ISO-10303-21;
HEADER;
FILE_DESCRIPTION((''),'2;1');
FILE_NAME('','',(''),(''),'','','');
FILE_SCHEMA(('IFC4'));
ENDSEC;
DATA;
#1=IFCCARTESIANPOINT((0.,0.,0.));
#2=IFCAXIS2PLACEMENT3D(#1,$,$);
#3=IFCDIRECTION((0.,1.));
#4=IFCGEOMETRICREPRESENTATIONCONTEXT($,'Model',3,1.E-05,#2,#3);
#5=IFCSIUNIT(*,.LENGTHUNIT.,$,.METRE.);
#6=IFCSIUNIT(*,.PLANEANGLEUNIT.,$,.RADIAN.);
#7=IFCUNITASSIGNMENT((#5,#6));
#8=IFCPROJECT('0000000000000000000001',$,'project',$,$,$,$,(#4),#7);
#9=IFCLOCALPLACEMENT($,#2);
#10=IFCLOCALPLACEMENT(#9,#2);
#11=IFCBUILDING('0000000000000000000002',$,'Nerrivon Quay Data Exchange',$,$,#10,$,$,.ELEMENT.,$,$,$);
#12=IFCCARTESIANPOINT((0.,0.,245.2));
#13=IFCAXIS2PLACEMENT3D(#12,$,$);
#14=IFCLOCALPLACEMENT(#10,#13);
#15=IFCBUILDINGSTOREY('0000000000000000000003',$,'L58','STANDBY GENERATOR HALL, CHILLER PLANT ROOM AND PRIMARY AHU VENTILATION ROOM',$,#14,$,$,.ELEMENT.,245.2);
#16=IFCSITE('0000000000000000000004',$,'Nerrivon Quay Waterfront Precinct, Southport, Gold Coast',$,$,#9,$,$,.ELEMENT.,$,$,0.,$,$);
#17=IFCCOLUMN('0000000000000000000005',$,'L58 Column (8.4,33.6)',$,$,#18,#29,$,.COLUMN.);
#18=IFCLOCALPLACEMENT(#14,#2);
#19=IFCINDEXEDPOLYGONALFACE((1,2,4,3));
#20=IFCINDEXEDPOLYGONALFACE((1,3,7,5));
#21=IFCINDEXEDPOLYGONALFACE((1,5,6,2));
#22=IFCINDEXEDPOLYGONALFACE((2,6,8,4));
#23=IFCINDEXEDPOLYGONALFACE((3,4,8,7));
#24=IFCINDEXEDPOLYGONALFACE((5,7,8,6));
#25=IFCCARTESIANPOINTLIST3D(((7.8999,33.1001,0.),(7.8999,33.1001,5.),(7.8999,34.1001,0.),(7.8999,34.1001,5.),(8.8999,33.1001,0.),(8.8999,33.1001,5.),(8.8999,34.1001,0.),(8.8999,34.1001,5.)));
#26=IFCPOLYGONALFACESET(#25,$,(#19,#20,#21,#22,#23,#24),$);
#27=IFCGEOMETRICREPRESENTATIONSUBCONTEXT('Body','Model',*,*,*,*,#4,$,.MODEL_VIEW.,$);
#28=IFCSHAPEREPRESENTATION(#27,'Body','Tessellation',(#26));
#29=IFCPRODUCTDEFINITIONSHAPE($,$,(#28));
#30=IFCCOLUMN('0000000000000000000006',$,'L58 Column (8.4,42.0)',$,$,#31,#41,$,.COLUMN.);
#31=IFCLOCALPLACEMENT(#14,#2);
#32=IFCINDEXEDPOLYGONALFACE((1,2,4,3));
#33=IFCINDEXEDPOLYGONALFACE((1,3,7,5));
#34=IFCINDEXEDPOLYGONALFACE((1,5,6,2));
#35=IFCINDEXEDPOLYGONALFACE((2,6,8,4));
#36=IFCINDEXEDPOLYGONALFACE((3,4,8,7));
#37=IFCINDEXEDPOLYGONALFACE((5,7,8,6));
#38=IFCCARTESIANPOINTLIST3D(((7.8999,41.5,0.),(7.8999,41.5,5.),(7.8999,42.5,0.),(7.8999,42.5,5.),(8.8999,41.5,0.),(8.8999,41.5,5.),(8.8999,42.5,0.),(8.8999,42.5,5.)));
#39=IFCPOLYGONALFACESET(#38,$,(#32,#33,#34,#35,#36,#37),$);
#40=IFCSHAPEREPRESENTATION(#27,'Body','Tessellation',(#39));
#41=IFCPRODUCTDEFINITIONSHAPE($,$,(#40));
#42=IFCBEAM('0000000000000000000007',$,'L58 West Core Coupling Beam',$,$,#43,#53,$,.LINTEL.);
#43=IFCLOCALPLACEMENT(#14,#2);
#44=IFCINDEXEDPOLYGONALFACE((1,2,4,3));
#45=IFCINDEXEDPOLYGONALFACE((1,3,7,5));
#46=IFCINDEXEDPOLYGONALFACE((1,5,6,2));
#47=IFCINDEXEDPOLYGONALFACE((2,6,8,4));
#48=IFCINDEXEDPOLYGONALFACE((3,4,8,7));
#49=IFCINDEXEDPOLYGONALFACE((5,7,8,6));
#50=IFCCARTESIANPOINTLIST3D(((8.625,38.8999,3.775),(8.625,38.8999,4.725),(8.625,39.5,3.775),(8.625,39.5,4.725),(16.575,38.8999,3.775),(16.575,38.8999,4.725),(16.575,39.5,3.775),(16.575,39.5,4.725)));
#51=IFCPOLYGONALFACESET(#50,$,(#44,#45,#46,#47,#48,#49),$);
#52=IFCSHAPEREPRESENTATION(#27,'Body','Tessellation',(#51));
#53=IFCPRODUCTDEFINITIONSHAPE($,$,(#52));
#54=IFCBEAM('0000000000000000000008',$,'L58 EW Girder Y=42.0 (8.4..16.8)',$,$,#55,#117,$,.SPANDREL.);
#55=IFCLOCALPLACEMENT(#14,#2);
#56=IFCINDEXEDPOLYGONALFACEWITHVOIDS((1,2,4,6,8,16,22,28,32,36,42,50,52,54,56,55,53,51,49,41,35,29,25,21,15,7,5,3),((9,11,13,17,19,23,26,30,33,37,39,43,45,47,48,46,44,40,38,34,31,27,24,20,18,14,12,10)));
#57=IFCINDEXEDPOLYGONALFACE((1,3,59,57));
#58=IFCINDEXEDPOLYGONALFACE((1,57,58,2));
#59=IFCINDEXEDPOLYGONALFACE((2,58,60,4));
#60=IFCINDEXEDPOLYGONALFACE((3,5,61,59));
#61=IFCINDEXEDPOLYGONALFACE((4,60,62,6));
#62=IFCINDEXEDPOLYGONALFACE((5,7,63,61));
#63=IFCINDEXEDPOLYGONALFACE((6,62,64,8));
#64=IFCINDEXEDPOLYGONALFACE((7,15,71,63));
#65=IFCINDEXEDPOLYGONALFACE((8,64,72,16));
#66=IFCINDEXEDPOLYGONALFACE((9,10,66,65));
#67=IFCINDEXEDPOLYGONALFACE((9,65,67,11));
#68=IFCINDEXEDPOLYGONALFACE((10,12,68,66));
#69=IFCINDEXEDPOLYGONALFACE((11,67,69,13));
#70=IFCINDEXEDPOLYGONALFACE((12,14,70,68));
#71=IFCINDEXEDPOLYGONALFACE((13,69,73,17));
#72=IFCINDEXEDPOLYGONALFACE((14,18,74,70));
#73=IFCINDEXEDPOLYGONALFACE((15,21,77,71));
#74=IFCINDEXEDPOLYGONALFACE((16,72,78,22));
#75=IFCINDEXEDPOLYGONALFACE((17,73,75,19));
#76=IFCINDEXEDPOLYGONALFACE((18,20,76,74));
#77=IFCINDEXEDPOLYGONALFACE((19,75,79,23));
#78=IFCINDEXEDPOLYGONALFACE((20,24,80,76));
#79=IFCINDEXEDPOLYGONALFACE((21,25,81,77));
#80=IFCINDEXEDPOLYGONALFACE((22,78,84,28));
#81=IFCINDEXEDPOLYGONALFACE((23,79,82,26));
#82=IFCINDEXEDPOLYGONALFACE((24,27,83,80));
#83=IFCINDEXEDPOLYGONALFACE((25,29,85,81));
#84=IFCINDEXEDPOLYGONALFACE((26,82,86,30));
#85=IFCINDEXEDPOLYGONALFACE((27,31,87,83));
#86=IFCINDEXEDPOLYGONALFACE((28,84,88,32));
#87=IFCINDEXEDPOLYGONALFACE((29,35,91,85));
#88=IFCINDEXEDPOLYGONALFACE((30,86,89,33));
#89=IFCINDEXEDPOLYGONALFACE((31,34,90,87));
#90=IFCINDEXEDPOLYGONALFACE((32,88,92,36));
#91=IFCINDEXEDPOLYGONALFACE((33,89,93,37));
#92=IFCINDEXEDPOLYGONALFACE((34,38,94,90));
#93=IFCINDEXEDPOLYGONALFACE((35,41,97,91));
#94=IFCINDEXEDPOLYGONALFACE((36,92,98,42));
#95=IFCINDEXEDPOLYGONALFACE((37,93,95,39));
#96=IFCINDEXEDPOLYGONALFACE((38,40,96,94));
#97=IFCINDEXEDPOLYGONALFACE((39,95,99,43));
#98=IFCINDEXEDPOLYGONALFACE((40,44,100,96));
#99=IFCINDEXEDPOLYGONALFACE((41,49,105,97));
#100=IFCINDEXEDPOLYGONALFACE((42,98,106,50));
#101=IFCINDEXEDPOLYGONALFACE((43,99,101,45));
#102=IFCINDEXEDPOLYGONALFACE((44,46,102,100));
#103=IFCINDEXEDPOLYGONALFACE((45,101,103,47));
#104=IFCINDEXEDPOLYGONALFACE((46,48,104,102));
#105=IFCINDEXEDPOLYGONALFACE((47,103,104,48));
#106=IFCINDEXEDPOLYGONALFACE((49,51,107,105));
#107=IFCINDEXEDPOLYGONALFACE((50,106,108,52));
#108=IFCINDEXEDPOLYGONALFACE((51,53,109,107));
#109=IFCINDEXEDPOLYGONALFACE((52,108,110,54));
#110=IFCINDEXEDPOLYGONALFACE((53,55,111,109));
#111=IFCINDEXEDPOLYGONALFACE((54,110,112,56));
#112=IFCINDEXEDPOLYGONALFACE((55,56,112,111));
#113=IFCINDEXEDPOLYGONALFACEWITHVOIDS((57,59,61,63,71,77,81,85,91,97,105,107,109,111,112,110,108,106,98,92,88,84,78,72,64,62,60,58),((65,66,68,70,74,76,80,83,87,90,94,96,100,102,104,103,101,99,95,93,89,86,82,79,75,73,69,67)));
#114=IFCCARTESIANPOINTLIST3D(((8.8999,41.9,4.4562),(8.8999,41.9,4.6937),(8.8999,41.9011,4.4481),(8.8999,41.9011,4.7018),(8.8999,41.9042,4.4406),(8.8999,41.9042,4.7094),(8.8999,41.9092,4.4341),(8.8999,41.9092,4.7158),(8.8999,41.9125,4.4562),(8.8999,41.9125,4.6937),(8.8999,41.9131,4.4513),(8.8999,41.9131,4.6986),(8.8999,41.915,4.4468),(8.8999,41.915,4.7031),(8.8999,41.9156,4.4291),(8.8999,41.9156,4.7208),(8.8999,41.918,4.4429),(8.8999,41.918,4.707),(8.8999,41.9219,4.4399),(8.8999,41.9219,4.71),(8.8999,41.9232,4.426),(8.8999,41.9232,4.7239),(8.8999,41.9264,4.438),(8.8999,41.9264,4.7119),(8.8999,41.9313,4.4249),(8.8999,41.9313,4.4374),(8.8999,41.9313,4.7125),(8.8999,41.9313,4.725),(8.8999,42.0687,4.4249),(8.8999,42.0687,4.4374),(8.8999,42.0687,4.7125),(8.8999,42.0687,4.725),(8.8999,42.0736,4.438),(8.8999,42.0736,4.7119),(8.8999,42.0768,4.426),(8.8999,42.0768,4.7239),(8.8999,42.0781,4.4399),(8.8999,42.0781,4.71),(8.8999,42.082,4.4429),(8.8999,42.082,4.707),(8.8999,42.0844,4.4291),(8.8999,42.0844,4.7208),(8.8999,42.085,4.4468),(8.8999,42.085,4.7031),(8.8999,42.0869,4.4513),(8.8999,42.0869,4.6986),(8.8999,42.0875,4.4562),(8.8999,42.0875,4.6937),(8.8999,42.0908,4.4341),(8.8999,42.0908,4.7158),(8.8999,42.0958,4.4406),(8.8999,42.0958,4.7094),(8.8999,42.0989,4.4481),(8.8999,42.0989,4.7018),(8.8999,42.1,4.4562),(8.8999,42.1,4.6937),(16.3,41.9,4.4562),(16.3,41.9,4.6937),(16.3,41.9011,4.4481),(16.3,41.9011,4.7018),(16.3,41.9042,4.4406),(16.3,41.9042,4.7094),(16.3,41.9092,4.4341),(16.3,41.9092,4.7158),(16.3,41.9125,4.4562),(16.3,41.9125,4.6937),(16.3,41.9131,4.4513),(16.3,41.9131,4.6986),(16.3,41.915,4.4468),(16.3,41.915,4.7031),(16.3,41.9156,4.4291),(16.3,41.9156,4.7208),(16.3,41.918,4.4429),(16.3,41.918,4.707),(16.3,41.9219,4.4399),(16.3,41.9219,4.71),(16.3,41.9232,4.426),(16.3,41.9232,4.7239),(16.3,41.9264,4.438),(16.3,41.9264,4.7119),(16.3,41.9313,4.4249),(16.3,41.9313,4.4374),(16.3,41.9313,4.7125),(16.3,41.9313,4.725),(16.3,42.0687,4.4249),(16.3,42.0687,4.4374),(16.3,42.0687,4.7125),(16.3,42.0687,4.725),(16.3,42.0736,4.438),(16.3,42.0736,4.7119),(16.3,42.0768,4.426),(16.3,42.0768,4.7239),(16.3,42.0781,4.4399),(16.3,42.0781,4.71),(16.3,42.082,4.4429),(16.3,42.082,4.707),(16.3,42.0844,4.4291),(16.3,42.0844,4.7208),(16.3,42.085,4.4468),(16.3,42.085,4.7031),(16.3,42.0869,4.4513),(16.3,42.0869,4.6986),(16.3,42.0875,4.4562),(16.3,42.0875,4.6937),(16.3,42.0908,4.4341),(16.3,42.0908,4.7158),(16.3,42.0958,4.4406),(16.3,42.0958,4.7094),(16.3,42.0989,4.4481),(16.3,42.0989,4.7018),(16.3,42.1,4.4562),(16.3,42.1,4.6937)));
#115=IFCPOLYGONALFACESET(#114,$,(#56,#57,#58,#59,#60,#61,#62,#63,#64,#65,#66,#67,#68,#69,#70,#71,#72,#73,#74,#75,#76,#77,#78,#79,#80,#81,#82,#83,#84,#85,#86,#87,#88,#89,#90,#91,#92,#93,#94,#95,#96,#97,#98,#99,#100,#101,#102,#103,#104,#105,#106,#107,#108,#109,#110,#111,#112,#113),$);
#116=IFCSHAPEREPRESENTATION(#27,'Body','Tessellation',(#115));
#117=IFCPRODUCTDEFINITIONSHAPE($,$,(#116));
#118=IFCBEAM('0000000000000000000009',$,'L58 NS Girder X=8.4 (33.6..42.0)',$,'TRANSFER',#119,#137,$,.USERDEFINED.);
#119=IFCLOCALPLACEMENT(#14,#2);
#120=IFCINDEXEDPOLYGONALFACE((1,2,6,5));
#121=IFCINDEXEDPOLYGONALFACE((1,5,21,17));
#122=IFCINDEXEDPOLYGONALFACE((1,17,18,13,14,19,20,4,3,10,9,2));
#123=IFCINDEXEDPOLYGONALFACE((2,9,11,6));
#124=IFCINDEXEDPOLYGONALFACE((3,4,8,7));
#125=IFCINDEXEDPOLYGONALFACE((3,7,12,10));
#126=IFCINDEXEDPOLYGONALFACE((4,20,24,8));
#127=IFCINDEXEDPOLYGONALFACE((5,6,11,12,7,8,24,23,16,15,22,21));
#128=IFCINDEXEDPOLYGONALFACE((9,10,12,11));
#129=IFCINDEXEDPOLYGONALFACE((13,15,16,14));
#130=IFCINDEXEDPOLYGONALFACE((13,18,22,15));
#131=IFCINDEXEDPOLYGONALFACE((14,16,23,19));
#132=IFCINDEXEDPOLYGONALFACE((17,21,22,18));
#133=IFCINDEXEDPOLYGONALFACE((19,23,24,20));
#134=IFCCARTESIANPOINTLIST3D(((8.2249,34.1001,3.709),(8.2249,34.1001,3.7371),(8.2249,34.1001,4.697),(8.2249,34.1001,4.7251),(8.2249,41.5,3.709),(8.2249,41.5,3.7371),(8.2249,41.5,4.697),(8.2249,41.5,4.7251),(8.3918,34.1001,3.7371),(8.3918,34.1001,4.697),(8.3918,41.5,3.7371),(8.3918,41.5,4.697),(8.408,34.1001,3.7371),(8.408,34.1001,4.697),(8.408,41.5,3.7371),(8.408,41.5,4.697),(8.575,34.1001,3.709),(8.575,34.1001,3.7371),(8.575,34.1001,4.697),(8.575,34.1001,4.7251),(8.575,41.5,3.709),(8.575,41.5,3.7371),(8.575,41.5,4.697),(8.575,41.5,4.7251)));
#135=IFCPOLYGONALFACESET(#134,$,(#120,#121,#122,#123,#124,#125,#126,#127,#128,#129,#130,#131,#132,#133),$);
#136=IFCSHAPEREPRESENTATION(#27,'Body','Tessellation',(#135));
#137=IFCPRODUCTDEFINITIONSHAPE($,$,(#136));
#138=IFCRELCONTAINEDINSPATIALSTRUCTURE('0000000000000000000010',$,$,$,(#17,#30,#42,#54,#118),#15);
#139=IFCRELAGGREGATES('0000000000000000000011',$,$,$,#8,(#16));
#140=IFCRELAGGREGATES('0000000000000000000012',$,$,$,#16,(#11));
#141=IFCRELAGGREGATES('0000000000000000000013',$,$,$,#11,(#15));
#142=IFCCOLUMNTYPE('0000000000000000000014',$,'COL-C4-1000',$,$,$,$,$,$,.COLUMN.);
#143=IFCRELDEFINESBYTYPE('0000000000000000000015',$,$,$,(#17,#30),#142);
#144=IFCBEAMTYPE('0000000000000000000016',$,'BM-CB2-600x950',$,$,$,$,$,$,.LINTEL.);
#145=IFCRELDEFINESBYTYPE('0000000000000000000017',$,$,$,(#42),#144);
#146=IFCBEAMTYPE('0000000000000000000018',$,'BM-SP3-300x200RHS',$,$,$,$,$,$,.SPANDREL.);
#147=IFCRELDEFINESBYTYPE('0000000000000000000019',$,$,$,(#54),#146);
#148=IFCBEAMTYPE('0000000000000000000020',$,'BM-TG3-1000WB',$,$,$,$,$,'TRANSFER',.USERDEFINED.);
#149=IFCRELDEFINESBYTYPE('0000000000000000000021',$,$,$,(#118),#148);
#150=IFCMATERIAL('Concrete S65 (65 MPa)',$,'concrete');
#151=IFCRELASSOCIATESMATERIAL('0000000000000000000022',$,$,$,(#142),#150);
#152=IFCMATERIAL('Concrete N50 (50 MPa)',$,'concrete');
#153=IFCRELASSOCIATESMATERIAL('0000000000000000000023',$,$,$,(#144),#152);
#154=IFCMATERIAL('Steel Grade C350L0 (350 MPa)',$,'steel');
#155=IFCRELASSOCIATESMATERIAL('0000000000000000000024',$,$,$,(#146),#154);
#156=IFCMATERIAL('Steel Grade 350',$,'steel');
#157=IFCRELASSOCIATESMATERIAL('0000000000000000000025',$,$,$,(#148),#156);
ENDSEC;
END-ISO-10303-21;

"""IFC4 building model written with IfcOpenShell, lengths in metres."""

from ifc_helpers import new_model, si_unit, direction, frame, origin, origin_2d, place, context, subcontext, project, spatial, rectangle, hollow_rectangle, i_section, extrude, material, material_profile, profile_set, type_object, element, save


model = new_model("IFC4")

# Units and contexts
model_context = context("Model", 3, precision=1e-05, world=origin(), true_north=direction((0.0, 1.0)))
body_context = subcontext(model_context, "Body", "Model", "MODEL_VIEW")
ifc_project = project(units=[si_unit("LENGTHUNIT", "METRE"), si_unit("PLANEANGLEUNIT", "RADIAN")], contexts=[model_context])

# Site, building, storey
site_placement = place(None, origin())
site = spatial("IfcSite", under=ifc_project, at=site_placement, Name="Nerrivon Quay Waterfront Precinct, Southport, Gold Coast", CompositionType="ELEMENT", RefElevation=0.0)
building_placement = place(site_placement, origin())
building = spatial("IfcBuilding", under=site, at=building_placement, Name="Nerrivon Quay Data Exchange", CompositionType="ELEMENT")
storey_placement = place(building_placement, frame((0.0, 0.0, 245.2)))
storey = spatial("IfcBuildingStorey", under=building, at=storey_placement, Name="L58", Description="STANDBY GENERATOR HALL, CHILLER PLANT ROOM AND PRIMARY AHU VENTILATION ROOM", CompositionType="ELEMENT", Elevation=245.2)

# Columns
ifc_material_1 = material(Name="Concrete S65 (65 MPa)", Category="concrete")
ifc_material_profile_1 = material_profile(ifc_material_1, rectangle(XDim=1.0, YDim=1.0, at=origin_2d()), Name="RC-COL-1000x1000")
ifc_profile_set_1 = profile_set([ifc_material_profile_1], Name="Concrete S65 (65 MPa)")
column_type = type_object("IfcColumnType", Name="COL-C4-1000", PredefinedType="COLUMN", material=ifc_profile_set_1)
for number, where, z_axis, x_axis, name in (
    (1, (8.3999, 33.6001, 0.0), (0.0, 0.0, 1.0), (1.0, 0.0, 0.0), "L58 Column (8.4,33.6)"),
    (2, (8.3999, 42.0, 0.0), (0.0, 0.0, 1.0), (1.0, 0.0, 0.0), "L58 Column (8.4,42.0)"),
):
    element("IfcColumn", number, at=place(storey_placement, frame(where, z_axis=z_axis, x_axis=x_axis)), inside=storey, type_object=column_type, Name=name, PredefinedType="COLUMN", context=body_context, shape_type="SweptSolid", body=[
        extrude(rectangle(XDim=1.0, YDim=1.0, at=origin_2d()), origin(), (0.0, 0.0, 1.0), 5.0),
    ])

# Beams
ifc_material_2 = material(Name="Concrete N50 (50 MPa)", Category="concrete")
ifc_material_profile_2 = material_profile(ifc_material_2, rectangle(XDim=0.6001, YDim=0.95, at=origin_2d()), Name="RC-CB-600x950")
ifc_profile_set_2 = profile_set([ifc_material_profile_2], Name="Concrete N50 (50 MPa)")
beam_type_1 = type_object("IfcBeamType", Name="BM-CB2-600x950", PredefinedType="LINTEL", material=ifc_profile_set_2)
beam_1_placement = place(storey_placement, frame((8.625, 39.2, 4.25), z_axis=(1.0, 0.0, 0.0), x_axis=(0.0, 1.0, 0.0)))
element("IfcBeam", 3, at=beam_1_placement, inside=storey, type_object=beam_type_1, Name="L58 West Core Coupling Beam", PredefinedType="LINTEL", context=body_context, shape_type="SweptSolid", body=[
    extrude(rectangle(XDim=0.6001, YDim=0.95, at=origin_2d()), origin(), (0.0, 0.0, 1.0), 7.95),
])
ifc_material_3 = material(Name="Steel Grade C350L0 (350 MPa)", Category="steel")
ifc_material_profile_3 = material_profile(ifc_material_3, hollow_rectangle(XDim=0.2, YDim=0.3, WallThickness=0.0125, InnerFilletRadius=0.0188, OuterFilletRadius=0.0312, at=origin_2d()), Name="300x200x12.5RHS")
ifc_profile_set_3 = profile_set([ifc_material_profile_3], Name="Steel Grade C350L0 (350 MPa)")
beam_type_2 = type_object("IfcBeamType", Name="BM-SP3-300x200RHS", PredefinedType="SPANDREL", material=ifc_profile_set_3)
beam_2_placement = place(storey_placement, frame((8.8999, 42.0, 4.575), z_axis=(1.0, 0.0, 0.0), x_axis=(0.0, 1.0, 0.0)))
element("IfcBeam", 4, at=beam_2_placement, inside=storey, type_object=beam_type_2, Name="L58 EW Girder Y=42.0 (8.4..16.8)", PredefinedType="SPANDREL", context=body_context, shape_type="SweptSolid", body=[
    extrude(hollow_rectangle(XDim=0.2, YDim=0.3, WallThickness=0.0125, InnerFilletRadius=0.0188, OuterFilletRadius=0.0312, at=origin_2d()), origin(), (0.0, 0.0, 1.0), 7.4001),
])
ifc_material_4 = material(Name="Steel Grade 350", Category="steel")
ifc_material_profile_4 = material_profile(ifc_material_4, i_section(OverallWidth=0.3501, OverallDepth=1.0161, WebThickness=0.0161, FlangeThickness=0.0281, at=origin_2d()), Name="1000WB258")
ifc_profile_set_4 = profile_set([ifc_material_profile_4], Name="Steel Grade 350")
beam_type_3 = type_object("IfcBeamType", Name="BM-TG3-1000WB", ElementType="TRANSFER", PredefinedType="USERDEFINED", material=ifc_profile_set_4)
beam_3_placement = place(storey_placement, frame((8.3999, 34.1001, 4.217), z_axis=(0.0, 1.0, 0.0), x_axis=(-1.0, 0.0, 0.0)))
element("IfcBeam", 5, at=beam_3_placement, inside=storey, type_object=beam_type_3, Name="L58 NS Girder X=8.4 (33.6..42.0)", ObjectType="TRANSFER", PredefinedType="USERDEFINED", context=body_context, shape_type="SweptSolid", body=[
    extrude(i_section(OverallWidth=0.3501, OverallDepth=1.0161, WebThickness=0.0161, FlangeThickness=0.0281, at=origin_2d()), origin(), (0.0, 0.0, 1.0), 7.3999),
])

save(model, "model.ifc")
